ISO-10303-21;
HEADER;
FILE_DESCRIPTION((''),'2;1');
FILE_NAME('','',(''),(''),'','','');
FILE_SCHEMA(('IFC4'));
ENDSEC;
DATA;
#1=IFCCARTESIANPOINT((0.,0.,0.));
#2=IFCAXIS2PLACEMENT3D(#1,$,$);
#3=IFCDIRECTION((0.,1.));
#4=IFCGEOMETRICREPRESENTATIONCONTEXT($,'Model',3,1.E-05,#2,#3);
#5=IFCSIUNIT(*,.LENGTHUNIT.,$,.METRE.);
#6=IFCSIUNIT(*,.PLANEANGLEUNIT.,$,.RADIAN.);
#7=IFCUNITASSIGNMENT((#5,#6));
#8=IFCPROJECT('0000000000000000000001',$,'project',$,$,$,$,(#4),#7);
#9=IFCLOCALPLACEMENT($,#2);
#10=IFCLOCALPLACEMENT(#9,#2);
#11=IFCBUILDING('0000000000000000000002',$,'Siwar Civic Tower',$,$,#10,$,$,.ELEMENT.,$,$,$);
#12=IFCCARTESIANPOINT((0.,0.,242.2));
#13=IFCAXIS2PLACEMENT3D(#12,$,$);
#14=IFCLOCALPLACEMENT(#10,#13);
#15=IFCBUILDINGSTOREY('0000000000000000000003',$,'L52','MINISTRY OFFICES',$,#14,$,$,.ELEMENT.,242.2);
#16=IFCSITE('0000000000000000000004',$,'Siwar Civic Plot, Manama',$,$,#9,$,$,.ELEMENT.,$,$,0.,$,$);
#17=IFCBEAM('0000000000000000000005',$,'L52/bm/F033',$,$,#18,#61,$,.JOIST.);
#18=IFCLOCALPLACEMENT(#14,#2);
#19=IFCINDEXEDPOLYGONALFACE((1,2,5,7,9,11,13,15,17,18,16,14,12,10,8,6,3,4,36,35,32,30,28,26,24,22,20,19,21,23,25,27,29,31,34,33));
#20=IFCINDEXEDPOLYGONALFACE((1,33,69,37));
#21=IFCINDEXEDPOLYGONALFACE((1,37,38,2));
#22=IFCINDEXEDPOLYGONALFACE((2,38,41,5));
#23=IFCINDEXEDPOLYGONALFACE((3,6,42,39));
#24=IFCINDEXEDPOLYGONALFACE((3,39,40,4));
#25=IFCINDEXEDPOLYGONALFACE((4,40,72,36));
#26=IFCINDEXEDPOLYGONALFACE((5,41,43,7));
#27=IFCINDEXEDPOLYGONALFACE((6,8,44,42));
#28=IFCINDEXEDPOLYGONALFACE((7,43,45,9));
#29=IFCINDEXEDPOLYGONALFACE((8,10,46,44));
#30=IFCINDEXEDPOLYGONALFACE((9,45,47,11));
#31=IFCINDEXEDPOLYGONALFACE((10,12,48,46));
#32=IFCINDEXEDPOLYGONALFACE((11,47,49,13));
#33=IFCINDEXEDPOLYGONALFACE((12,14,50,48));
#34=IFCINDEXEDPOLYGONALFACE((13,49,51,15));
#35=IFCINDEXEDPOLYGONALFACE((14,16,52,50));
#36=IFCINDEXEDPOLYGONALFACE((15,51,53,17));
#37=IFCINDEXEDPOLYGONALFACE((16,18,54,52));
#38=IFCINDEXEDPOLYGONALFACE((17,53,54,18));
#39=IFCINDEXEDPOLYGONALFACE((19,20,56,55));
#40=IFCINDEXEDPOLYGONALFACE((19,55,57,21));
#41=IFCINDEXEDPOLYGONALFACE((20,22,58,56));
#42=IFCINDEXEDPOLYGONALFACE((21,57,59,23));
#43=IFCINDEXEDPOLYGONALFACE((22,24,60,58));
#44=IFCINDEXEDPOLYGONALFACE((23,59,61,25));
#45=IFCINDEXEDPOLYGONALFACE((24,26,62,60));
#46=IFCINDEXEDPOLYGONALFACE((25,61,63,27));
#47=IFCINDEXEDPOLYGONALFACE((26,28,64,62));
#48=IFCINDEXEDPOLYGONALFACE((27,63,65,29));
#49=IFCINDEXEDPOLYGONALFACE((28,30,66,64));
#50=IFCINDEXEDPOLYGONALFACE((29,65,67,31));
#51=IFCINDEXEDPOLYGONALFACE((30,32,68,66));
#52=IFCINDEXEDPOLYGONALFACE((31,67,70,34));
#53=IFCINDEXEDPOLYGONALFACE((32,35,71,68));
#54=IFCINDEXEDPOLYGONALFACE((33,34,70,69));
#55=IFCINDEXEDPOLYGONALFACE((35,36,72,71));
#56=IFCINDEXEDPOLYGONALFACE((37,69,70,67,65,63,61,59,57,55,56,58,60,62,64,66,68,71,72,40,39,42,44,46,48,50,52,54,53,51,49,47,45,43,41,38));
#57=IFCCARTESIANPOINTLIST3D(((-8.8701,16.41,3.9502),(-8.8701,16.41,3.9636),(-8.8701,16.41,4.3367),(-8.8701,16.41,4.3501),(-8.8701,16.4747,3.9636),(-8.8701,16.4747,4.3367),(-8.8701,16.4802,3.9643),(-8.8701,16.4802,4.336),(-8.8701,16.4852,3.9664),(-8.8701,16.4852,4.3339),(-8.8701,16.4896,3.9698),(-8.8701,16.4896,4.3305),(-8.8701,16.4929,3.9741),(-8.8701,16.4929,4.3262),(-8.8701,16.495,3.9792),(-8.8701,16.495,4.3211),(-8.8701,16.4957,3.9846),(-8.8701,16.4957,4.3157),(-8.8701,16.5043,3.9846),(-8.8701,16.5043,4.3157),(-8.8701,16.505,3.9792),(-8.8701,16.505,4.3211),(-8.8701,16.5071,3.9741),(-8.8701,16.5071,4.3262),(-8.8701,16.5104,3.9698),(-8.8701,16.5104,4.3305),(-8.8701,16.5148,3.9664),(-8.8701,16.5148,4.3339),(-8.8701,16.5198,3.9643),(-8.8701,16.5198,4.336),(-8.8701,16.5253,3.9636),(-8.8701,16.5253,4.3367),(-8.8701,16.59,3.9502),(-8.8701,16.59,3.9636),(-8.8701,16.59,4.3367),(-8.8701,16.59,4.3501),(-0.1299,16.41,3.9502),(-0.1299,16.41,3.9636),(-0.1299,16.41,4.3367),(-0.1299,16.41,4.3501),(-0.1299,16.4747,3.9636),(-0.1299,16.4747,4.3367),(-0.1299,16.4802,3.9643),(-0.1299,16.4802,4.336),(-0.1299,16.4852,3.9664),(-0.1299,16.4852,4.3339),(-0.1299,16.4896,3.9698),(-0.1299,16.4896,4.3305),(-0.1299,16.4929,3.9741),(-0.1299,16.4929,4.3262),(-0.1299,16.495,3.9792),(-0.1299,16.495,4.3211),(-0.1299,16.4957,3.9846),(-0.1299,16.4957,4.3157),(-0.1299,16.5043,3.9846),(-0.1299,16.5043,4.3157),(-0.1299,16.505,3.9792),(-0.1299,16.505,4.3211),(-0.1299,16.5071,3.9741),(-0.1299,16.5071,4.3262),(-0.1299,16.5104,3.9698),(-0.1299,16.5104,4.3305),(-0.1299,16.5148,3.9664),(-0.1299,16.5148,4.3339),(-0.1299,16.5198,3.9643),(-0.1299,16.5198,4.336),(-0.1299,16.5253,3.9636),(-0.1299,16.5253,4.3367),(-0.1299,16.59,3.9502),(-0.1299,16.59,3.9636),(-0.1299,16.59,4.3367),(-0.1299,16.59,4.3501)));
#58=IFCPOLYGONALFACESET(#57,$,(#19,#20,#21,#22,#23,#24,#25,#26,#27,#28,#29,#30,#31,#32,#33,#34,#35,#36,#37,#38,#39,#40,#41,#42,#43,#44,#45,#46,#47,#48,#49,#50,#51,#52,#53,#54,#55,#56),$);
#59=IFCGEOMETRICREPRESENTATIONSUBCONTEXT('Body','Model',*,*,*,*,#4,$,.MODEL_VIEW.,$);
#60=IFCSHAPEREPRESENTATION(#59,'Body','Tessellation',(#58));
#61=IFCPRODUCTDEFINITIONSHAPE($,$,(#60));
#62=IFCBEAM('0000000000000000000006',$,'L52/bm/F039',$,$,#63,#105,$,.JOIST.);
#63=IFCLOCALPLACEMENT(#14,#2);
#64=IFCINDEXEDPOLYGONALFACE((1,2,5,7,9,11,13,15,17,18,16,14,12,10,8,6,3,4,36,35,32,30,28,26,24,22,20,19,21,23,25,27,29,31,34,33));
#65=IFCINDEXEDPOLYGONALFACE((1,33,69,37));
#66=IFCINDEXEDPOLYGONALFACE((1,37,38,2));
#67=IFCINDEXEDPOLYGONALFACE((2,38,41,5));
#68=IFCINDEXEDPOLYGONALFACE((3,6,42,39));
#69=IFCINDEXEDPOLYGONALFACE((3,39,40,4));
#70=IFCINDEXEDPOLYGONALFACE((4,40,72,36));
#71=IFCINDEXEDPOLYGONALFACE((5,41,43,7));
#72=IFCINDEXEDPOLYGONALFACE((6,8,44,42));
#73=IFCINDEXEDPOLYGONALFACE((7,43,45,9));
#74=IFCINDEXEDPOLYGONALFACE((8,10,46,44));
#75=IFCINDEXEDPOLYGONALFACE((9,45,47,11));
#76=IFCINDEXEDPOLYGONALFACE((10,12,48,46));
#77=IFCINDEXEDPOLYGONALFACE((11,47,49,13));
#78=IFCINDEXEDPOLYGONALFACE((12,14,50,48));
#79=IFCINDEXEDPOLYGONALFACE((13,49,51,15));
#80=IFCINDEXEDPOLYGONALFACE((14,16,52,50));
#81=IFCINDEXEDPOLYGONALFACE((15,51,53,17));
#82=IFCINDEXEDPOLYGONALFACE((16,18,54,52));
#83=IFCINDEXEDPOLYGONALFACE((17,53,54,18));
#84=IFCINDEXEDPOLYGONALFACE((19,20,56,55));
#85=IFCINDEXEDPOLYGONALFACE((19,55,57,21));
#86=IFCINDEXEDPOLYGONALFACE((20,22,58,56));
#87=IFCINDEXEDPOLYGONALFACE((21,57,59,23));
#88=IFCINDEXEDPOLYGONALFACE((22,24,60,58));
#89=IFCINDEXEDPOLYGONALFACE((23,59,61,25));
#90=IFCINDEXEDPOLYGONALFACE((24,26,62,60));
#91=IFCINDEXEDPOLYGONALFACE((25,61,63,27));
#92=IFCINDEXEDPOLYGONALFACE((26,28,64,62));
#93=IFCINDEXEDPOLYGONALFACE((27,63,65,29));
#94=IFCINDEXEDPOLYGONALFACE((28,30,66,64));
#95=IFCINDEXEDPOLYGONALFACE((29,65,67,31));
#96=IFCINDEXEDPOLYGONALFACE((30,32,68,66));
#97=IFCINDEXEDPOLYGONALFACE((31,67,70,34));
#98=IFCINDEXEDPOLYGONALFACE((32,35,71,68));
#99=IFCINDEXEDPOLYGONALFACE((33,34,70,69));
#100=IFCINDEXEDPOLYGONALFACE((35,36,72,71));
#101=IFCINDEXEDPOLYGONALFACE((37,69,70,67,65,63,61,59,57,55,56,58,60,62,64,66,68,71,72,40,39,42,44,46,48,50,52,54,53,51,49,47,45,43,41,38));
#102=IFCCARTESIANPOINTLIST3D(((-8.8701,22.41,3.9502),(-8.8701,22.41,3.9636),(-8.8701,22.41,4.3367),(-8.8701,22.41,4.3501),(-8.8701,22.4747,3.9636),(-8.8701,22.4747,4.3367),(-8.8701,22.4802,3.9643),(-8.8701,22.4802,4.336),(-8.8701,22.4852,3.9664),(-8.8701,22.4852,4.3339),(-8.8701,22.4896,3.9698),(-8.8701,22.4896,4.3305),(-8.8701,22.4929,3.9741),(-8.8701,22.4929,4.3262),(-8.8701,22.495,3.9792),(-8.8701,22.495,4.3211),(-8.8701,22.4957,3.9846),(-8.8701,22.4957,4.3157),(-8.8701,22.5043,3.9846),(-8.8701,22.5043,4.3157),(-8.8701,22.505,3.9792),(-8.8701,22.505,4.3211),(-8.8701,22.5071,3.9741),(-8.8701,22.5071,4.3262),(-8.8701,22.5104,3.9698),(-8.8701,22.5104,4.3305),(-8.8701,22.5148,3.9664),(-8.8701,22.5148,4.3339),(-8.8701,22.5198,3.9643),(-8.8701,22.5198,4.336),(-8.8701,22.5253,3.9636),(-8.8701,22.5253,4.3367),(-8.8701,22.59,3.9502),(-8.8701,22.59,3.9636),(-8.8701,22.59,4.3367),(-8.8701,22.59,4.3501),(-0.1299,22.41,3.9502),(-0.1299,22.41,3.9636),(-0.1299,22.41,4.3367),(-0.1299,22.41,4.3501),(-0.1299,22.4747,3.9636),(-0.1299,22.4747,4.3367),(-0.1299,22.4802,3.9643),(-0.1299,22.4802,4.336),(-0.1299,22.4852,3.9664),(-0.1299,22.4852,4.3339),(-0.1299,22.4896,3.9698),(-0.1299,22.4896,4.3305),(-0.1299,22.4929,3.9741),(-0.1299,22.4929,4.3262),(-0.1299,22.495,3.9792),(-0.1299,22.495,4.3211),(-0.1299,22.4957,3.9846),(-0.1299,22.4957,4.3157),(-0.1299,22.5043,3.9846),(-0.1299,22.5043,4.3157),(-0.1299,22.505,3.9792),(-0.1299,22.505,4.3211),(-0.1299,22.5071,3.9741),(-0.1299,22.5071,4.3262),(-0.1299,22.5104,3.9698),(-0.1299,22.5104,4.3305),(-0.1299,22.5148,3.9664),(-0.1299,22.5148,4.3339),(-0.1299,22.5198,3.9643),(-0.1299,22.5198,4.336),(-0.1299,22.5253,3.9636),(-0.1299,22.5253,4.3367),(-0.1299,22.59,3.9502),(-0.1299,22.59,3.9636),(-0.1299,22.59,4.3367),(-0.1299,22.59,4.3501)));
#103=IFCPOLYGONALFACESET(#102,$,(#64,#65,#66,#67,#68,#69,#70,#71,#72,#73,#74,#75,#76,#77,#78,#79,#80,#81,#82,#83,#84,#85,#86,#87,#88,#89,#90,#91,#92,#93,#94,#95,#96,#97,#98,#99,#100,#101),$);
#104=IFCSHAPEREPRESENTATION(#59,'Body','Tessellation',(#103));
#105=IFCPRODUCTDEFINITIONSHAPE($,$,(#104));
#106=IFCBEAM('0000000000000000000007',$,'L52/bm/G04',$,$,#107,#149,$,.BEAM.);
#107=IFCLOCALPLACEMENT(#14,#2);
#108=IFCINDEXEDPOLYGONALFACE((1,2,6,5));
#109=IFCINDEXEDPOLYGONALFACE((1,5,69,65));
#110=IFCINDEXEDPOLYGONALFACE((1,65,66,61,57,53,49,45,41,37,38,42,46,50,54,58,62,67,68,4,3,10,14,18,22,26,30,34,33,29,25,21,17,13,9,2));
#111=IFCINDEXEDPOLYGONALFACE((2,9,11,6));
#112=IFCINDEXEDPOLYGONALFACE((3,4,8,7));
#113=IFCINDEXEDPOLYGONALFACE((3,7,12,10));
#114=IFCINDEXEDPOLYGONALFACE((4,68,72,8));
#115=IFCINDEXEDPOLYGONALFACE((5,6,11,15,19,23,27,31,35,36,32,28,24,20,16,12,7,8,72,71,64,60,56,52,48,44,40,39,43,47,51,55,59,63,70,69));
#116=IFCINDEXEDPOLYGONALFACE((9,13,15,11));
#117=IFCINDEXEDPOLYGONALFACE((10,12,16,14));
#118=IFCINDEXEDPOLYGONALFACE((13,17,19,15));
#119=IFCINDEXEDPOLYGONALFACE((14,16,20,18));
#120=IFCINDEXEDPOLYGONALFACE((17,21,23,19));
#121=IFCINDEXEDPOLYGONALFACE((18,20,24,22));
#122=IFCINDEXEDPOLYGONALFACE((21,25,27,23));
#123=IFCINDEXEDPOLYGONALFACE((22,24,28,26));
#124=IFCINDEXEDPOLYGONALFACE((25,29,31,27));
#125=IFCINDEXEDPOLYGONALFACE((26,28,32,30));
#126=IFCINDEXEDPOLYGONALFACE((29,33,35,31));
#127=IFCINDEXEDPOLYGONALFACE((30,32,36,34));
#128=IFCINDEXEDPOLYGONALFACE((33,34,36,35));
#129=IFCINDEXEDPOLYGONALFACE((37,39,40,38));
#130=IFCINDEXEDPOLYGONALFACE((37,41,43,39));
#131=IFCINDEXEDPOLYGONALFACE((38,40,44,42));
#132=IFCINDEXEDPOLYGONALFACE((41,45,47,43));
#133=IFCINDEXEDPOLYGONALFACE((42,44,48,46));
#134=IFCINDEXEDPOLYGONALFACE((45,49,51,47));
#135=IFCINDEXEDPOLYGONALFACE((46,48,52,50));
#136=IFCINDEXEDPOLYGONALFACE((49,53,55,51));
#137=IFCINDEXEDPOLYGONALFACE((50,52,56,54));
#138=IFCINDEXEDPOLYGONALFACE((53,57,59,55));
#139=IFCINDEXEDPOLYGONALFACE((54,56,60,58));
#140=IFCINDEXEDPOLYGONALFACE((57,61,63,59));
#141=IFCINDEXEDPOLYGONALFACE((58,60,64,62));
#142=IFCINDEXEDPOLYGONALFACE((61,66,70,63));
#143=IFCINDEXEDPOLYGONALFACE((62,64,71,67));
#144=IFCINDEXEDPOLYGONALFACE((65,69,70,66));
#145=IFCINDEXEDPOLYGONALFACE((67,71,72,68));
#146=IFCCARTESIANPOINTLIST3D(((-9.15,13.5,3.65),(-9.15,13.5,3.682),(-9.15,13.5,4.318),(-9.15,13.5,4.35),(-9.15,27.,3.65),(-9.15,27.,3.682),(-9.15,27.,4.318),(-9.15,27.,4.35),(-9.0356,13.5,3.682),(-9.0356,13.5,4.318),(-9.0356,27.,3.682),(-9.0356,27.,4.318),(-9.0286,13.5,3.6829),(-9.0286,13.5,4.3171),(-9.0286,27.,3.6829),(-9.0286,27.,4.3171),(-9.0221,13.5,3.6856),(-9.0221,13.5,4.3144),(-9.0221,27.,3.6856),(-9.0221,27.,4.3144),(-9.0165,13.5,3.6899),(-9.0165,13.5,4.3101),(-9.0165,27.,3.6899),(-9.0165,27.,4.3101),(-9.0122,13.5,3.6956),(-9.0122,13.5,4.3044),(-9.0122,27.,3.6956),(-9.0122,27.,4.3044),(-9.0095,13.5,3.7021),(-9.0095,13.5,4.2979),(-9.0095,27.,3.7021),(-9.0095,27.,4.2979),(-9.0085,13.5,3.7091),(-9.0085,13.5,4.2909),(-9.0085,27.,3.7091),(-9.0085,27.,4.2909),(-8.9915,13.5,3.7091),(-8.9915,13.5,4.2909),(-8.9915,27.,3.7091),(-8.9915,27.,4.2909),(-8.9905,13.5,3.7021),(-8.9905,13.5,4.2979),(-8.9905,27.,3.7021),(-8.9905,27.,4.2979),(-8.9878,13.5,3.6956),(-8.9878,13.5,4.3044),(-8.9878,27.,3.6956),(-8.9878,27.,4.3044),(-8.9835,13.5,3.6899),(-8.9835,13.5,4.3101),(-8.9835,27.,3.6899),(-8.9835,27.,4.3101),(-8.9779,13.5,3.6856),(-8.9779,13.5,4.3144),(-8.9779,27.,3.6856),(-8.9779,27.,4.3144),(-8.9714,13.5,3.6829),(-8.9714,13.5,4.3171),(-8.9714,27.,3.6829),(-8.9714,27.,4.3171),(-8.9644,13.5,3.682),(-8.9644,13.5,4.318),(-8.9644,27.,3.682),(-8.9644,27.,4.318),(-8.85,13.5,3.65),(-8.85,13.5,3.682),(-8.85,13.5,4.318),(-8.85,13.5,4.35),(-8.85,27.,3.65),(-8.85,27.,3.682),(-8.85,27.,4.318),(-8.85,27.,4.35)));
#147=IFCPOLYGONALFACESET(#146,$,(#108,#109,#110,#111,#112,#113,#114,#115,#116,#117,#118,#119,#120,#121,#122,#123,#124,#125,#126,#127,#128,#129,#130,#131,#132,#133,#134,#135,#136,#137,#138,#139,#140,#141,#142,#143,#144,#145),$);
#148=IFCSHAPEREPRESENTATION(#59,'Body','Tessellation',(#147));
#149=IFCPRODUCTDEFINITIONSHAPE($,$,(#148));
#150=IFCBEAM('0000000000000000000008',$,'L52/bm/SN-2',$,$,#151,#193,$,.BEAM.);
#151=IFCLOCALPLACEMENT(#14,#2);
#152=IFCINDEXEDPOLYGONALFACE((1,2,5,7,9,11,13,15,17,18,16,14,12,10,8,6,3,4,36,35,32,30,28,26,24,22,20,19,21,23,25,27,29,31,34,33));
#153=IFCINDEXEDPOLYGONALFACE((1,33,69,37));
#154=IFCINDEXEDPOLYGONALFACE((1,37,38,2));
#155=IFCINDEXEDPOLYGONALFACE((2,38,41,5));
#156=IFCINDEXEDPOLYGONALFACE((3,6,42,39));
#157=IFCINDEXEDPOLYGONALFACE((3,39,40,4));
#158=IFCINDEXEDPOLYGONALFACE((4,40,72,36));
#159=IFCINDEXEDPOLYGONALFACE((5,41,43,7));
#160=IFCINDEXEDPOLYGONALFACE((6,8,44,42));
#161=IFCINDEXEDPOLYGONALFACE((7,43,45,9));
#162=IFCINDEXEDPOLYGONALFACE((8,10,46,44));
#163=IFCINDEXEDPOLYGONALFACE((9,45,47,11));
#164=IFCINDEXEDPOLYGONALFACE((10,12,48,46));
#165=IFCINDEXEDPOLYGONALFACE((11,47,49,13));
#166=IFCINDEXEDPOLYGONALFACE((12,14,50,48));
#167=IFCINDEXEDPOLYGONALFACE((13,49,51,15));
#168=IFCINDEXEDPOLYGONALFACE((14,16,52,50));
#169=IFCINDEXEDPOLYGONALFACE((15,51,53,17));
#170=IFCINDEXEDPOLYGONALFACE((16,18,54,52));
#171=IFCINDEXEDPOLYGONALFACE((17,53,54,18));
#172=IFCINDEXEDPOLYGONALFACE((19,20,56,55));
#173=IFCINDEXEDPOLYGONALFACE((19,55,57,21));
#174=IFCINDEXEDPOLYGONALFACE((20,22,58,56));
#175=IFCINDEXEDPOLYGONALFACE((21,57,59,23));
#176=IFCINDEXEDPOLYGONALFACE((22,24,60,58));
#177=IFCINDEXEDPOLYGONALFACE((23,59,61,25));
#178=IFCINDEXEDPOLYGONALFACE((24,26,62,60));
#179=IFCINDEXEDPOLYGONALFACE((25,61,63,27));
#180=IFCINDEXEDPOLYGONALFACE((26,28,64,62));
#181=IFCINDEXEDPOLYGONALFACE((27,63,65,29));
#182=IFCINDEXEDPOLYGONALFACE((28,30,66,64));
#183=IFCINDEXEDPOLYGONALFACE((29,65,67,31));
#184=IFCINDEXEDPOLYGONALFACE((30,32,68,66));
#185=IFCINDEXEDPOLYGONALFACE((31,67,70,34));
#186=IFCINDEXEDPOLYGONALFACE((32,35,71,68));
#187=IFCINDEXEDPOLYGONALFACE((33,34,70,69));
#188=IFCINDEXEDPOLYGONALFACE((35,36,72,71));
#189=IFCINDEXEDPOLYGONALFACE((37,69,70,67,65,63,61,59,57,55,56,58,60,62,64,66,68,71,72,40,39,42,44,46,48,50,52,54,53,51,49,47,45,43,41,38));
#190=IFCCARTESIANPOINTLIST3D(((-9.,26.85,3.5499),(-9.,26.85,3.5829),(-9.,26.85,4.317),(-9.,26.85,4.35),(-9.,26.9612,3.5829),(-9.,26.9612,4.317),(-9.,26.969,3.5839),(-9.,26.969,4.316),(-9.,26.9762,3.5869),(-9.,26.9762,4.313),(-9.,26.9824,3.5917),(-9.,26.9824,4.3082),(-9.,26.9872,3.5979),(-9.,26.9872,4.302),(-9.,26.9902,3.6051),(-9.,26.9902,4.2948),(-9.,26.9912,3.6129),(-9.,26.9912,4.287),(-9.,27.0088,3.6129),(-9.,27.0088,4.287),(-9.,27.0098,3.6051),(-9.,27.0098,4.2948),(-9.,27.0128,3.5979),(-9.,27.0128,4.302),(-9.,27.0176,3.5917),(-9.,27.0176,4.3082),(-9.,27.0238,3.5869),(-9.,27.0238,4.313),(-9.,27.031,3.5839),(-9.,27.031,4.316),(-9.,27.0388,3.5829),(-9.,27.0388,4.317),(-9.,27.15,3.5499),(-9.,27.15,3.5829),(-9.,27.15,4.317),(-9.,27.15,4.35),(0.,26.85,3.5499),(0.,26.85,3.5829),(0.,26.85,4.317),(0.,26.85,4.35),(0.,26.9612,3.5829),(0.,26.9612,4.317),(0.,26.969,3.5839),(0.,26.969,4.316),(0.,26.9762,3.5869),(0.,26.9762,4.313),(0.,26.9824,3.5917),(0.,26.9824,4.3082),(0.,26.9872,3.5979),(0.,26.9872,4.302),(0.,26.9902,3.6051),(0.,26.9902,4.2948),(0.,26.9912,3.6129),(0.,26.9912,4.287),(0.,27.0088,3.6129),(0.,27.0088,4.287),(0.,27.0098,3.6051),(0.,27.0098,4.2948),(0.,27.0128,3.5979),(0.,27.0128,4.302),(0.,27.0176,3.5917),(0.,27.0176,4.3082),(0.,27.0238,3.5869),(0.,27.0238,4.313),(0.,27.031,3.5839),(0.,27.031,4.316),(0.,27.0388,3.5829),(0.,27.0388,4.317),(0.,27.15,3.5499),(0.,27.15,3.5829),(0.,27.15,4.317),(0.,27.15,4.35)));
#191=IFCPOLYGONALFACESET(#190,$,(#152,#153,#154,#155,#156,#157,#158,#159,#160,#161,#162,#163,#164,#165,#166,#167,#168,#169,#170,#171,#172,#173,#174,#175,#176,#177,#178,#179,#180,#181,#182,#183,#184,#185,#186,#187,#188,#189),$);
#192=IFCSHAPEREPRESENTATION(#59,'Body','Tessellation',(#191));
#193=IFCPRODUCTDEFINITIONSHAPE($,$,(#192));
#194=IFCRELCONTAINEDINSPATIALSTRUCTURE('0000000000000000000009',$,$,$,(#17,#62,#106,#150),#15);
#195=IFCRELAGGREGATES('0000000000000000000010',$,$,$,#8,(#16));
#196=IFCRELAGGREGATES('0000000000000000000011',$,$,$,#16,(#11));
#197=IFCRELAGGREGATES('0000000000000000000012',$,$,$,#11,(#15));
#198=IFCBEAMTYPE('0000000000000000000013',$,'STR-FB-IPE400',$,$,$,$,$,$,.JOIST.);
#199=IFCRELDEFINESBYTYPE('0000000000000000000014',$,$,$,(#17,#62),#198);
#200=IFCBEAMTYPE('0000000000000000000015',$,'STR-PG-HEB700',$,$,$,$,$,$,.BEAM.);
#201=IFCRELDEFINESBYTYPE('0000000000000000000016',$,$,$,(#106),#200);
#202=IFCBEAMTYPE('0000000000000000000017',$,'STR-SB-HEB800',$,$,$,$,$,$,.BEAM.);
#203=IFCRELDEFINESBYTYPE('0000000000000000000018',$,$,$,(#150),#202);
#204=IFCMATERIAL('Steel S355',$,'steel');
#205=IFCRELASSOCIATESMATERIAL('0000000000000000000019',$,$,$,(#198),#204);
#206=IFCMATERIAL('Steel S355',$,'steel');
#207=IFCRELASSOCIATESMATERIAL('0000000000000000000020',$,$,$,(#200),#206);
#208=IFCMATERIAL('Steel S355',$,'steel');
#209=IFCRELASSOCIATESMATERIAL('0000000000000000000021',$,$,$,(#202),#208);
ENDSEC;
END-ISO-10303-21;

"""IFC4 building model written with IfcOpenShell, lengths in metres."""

from ifc_helpers import new_model, si_unit, direction, frame, origin, origin_2d, place, context, subcontext, project, spatial, i_section, extrude, material, material_profile, profile_set, type_object, element, save


model = new_model("IFC4")

# Units and contexts
model_context = context("Model", 3, precision=1e-05, world=origin(), true_north=direction((0.0, 1.0)))
body_context = subcontext(model_context, "Body", "Model", "MODEL_VIEW")
ifc_project = project(units=[si_unit("LENGTHUNIT", "METRE"), si_unit("PLANEANGLEUNIT", "RADIAN")], contexts=[model_context])

# Site, building, storey
site_placement = place(None, origin())
site = spatial("IfcSite", under=ifc_project, at=site_placement, Name="Siwar Civic Plot, Manama", CompositionType="ELEMENT", RefElevation=0.0)
building_placement = place(site_placement, origin())
building = spatial("IfcBuilding", under=site, at=building_placement, Name="Siwar Civic Tower", CompositionType="ELEMENT")
storey_placement = place(building_placement, frame((0.0, 0.0, 242.2)))
storey = spatial("IfcBuildingStorey", under=building, at=storey_placement, Name="L52", Description="MINISTRY OFFICES", CompositionType="ELEMENT", Elevation=242.2)

# Beams
ifc_material_1 = material(Name="Steel S355", Category="steel")
ifc_material_profile_1 = material_profile(ifc_material_1, i_section(OverallWidth=0.1799, OverallDepth=0.3999, WebThickness=0.0085, FlangeThickness=0.0134, FilletRadius=0.021, at=origin_2d()), Name="IPE400")
ifc_profile_set_1 = profile_set([ifc_material_profile_1], Name="Steel S355")
beam_type_1 = type_object("IfcBeamType", Name="STR-FB-IPE400", PredefinedType="JOIST", material=ifc_profile_set_1)
for number, where, z_axis, x_axis, name in (
    (1, (-8.8701, 16.5, 4.1501), (1.0, 0.0, 0.0), (0.0, 1.0, 0.0), "L52/bm/F033"),
    (2, (-8.8701, 22.5, 4.1501), (1.0, 0.0, 0.0), (0.0, 1.0, 0.0), "L52/bm/F039"),
):
    element("IfcBeam", number, at=place(storey_placement, frame(where, z_axis=z_axis, x_axis=x_axis)), inside=storey, type_object=beam_type_1, Name=name, PredefinedType="JOIST", context=body_context, shape_type="SweptSolid", body=[
        extrude(i_section(OverallWidth=0.1799, OverallDepth=0.3999, WebThickness=0.0085, FlangeThickness=0.0134, FilletRadius=0.021, at=origin_2d()), origin(), (0.0, 0.0, 1.0), 8.7402),
    ])
ifc_material_2 = material(Name="Steel S355", Category="steel")
ifc_material_profile_2 = material_profile(ifc_material_2, i_section(OverallWidth=0.3, OverallDepth=0.7, WebThickness=0.0171, FlangeThickness=0.032, FilletRadius=0.0271, at=origin_2d()), Name="HEB700")
ifc_profile_set_2 = profile_set([ifc_material_profile_2], Name="Steel S355")
beam_type_2 = type_object("IfcBeamType", Name="STR-PG-HEB700", PredefinedType="BEAM", material=ifc_profile_set_2)
beam_1_placement = place(storey_placement, frame((-9.0, 13.5, 4.0), z_axis=(0.0, 1.0, 0.0), x_axis=(-1.0, 0.0, 0.0)))
element("IfcBeam", 3, at=beam_1_placement, inside=storey, type_object=beam_type_2, Name="L52/bm/G04", PredefinedType="BEAM", context=body_context, shape_type="SweptSolid", body=[
    extrude(i_section(OverallWidth=0.3, OverallDepth=0.7, WebThickness=0.0171, FlangeThickness=0.032, FilletRadius=0.0271, at=origin_2d()), origin(), (0.0, 0.0, 1.0), 13.5),
])
ifc_material_3 = material(Name="Steel S355", Category="steel")
ifc_material_profile_3 = material_profile(ifc_material_3, i_section(OverallWidth=0.3, OverallDepth=0.8, WebThickness=0.0176, FlangeThickness=0.033, FilletRadius=0.03, at=origin_2d()), Name="HEB800")
ifc_profile_set_3 = profile_set([ifc_material_profile_3], Name="Steel S355")
beam_type_3 = type_object("IfcBeamType", Name="STR-SB-HEB800", PredefinedType="BEAM", material=ifc_profile_set_3)
for number, where, z_axis, x_axis, name in (
    (4, (0.0, 27.0, 3.95), (-1.0, 0.0, 0.0), (0.0, -1.0, 0.0), "L52/bm/SN-2"),
):
    element("IfcBeam", number, at=place(storey_placement, frame(where, z_axis=z_axis, x_axis=x_axis)), inside=storey, type_object=beam_type_3, Name=name, PredefinedType="BEAM", context=body_context, shape_type="SweptSolid", body=[
        extrude(i_section(OverallWidth=0.3, OverallDepth=0.8, WebThickness=0.0176, FlangeThickness=0.033, FilletRadius=0.03, at=origin_2d()), origin(), (0.0, 0.0, 1.0), 9.0),
    ])

save(model, "model.ifc")
